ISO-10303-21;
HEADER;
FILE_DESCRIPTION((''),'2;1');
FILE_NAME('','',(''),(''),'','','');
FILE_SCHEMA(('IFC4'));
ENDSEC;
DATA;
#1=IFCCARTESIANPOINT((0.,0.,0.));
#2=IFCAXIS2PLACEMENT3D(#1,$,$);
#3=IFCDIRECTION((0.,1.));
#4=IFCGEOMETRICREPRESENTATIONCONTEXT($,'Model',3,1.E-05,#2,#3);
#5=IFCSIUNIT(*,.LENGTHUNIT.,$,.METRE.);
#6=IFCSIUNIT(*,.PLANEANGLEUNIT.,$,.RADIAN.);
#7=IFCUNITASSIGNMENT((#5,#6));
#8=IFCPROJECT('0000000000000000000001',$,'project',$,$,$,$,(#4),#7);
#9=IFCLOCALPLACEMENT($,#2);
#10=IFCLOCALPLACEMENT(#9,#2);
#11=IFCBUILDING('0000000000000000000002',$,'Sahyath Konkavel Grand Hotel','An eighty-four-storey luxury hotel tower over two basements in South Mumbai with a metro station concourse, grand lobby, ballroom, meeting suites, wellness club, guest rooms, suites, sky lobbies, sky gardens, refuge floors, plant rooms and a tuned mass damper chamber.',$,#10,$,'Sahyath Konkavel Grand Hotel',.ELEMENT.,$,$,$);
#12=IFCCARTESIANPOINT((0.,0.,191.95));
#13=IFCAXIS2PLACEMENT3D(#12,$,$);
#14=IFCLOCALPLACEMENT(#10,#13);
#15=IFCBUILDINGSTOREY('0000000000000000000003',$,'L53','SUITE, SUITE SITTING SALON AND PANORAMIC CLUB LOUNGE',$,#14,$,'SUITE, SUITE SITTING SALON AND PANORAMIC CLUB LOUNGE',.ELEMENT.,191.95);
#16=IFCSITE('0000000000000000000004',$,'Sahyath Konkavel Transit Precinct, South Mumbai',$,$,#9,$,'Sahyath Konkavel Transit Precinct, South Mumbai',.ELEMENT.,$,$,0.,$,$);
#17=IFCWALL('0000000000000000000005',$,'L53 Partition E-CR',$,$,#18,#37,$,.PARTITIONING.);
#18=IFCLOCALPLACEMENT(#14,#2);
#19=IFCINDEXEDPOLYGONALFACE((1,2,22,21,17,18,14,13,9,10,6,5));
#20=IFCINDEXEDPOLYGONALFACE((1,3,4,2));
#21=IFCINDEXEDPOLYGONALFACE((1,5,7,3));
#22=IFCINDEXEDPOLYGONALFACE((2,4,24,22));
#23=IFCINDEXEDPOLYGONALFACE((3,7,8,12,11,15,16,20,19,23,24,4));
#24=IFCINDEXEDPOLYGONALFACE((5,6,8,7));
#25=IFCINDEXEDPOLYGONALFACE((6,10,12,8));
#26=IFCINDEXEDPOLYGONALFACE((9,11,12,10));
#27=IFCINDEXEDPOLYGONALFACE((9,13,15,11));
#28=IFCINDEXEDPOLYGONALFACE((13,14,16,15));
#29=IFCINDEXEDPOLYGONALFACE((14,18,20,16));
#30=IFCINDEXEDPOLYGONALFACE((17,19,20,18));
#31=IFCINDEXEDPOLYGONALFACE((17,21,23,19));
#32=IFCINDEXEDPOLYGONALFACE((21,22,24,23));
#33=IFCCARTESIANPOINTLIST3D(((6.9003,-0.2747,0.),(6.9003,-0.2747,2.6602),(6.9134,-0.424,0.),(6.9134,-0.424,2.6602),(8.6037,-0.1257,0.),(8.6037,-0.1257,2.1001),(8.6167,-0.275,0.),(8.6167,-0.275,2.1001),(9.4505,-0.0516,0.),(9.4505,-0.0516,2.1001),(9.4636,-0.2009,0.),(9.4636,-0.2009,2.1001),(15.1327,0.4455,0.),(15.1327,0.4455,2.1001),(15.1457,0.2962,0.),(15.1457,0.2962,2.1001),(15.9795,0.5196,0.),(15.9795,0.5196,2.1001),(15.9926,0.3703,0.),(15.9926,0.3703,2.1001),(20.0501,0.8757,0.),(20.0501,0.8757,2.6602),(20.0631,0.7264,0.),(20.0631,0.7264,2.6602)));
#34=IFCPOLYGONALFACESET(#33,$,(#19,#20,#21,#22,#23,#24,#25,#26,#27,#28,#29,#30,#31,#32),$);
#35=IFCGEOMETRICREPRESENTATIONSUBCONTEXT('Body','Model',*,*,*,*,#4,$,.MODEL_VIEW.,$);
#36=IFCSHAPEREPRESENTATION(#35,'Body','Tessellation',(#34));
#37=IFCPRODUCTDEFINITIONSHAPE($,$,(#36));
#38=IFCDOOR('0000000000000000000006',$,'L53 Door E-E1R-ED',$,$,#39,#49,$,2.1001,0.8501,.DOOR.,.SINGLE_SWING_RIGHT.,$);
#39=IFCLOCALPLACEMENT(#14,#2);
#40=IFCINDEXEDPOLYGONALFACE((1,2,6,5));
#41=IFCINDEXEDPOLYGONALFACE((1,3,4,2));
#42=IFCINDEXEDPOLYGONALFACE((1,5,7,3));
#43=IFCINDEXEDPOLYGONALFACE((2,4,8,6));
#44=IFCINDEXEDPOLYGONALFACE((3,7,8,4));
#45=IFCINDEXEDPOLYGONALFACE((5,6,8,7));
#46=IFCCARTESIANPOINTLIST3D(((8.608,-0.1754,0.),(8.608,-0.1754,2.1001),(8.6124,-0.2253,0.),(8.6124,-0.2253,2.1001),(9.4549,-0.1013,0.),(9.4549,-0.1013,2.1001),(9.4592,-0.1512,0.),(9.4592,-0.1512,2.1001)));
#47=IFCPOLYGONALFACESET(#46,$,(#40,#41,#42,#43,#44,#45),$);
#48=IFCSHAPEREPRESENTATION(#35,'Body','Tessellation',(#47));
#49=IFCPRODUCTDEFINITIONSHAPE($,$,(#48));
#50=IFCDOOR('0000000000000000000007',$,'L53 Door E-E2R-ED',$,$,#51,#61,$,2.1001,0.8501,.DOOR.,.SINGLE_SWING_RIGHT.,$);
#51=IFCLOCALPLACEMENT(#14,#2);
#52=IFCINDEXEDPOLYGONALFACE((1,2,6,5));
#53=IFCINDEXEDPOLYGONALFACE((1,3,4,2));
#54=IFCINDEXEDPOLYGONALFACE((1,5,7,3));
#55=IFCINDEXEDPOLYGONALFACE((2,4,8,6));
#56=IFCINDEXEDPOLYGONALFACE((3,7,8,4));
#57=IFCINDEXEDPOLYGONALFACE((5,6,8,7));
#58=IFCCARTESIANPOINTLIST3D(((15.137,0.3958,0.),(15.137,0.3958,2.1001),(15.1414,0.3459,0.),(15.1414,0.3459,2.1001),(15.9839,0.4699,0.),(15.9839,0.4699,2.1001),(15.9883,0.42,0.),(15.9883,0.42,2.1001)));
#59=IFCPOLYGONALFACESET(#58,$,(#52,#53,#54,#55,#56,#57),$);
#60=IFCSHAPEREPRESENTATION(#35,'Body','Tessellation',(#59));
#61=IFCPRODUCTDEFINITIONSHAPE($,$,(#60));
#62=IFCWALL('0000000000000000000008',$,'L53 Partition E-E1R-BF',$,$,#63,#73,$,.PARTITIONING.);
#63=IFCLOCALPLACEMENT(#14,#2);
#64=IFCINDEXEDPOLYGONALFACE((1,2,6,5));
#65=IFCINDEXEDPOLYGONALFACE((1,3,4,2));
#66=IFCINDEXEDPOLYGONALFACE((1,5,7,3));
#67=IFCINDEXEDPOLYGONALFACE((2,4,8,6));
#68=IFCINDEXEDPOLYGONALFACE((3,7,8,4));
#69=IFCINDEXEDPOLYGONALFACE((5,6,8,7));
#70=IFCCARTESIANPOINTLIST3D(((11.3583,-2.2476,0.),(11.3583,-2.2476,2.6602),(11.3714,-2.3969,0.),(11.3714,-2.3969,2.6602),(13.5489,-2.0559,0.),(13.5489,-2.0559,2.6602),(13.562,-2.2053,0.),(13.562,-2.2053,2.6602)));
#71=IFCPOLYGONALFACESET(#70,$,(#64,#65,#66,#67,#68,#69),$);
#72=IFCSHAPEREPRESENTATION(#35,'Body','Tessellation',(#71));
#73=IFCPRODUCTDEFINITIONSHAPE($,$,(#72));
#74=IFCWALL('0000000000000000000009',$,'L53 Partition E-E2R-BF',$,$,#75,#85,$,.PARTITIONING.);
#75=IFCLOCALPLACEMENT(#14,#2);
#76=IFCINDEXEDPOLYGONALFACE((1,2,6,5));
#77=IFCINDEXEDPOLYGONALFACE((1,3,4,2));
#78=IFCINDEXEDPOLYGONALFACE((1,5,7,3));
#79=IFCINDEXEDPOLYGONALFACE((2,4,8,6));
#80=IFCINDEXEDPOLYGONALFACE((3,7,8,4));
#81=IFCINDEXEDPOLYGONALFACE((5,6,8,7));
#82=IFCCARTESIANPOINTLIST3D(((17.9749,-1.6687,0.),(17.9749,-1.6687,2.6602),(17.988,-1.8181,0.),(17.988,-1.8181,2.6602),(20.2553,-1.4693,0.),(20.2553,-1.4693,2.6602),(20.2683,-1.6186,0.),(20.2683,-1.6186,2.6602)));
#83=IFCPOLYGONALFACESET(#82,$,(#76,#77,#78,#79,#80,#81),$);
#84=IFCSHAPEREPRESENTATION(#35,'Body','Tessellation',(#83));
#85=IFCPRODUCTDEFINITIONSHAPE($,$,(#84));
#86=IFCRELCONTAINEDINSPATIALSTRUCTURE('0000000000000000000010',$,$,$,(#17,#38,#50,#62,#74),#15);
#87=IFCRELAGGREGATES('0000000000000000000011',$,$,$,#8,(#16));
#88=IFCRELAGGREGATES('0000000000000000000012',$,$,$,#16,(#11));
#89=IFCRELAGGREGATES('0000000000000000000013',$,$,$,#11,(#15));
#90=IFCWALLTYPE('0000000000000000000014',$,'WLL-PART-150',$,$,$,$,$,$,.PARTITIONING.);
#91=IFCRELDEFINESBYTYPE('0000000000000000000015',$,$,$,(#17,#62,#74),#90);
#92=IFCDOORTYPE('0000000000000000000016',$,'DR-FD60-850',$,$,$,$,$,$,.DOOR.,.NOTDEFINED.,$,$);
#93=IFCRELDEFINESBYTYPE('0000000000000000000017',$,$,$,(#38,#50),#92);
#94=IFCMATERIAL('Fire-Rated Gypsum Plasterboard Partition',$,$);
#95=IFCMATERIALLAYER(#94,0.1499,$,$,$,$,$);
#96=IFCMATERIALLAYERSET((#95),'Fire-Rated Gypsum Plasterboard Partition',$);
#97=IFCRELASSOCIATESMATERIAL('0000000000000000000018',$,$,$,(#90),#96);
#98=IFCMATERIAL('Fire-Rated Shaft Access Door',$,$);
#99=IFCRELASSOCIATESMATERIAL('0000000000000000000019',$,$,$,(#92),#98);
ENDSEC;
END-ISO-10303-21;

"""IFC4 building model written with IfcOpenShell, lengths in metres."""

from ifc_helpers import new_model, si_unit, direction, frame, frame_2d, origin, origin_2d, place, context, subcontext, project, spatial, rectangle, extrude, source, transform, mapped, material, layer, layer_set, type_object, element, fill, save


model = new_model("IFC4")

# Units and contexts
model_context = context("Model", 3, precision=1e-05, world=origin(), true_north=direction((0.0, 1.0)))
body_context = subcontext(model_context, "Body", "Model", "MODEL_VIEW")
ifc_project = project(units=[si_unit("LENGTHUNIT", "METRE"), si_unit("PLANEANGLEUNIT", "RADIAN")], contexts=[model_context])

# Site, building, storey
site_placement = place(None, origin())
site = spatial("IfcSite", under=ifc_project, at=site_placement, Name="Sahyath Konkavel Transit Precinct, South Mumbai", LongName="Sahyath Konkavel Transit Precinct, South Mumbai", CompositionType="ELEMENT", RefElevation=0.0)
building_placement = place(site_placement, origin())
building = spatial("IfcBuilding", under=site, at=building_placement, Name="Sahyath Konkavel Grand Hotel", Description="An eighty-four-storey luxury hotel tower over two basements in South Mumbai with a metro station concourse, grand lobby, ballroom, meeting suites, wellness club, guest rooms, suites, sky lobbies, sky gardens, refuge floors, plant rooms and a tuned mass damper chamber.", LongName="Sahyath Konkavel Grand Hotel", CompositionType="ELEMENT")
storey_placement = place(building_placement, frame((0.0, 0.0, 191.95)))
storey = spatial("IfcBuildingStorey", under=building, at=storey_placement, Name="L53", Description="SUITE, SUITE SITTING SALON AND PANORAMIC CLUB LOUNGE", LongName="SUITE, SUITE SITTING SALON AND PANORAMIC CLUB LOUNGE", CompositionType="ELEMENT", Elevation=191.95)

# Wall, openings, doors
ifc_material_1 = material(Name="Fire-Rated Gypsum Plasterboard Partition")
ifc_layer_1 = layer(ifc_material_1, 0.1499)
ifc_layer_set_1 = layer_set([ifc_layer_1], Name="Fire-Rated Gypsum Plasterboard Partition")
wall_type_1 = type_object("IfcWallType", Name="WLL-PART-150", PredefinedType="PARTITIONING", material=ifc_layer_set_1)
wall_1_placement = place(storey_placement, frame((6.9067, -0.3494, 0.0), z_axis=(0.0, 0.0, 1.0), x_axis=(0.996195, 0.087152, 0.0)))
wall_1 = element("IfcWall", 1, at=wall_1_placement, inside=storey, type_object=wall_type_1, Name="L53 Partition E-CR", PredefinedType="PARTITIONING", context=body_context, shape_type="SweptSolid", body=[
    extrude(rectangle(XDim=13.2, YDim=0.1499, at=frame_2d((6.6001, 0.0))), origin(), (0.0, 0.0, 1.0), 2.6602),
])
opening_1_placement = place(wall_1_placement, frame((1.71, 0.0, 0.0)))
opening_1 = element("IfcOpeningElement", 2, at=opening_1_placement, cuts=wall_1, PredefinedType="OPENING", context=body_context, shape_type="SweptSolid", body=[
    extrude(rectangle(XDim=0.8501, YDim=2.1001, at=frame_2d((0.425, 1.05))), frame((0.0, 0.085, 0.0), z_axis=(0.0, -1.0, 0.0), x_axis=(1.0, 0.0, 0.0)), (0.0, 0.0, 1.0), 0.1699),
])
opening_2_placement = place(wall_1_placement, frame((8.2639, 0.0, 0.0)))
opening_2 = element("IfcOpeningElement", 3, at=opening_2_placement, cuts=wall_1, PredefinedType="OPENING", context=body_context, shape_type="SweptSolid", body=[
    extrude(rectangle(XDim=0.8501, YDim=2.1001, at=frame_2d((0.425, 1.05))), frame((0.0, 0.085, 0.0), z_axis=(0.0, -1.0, 0.0), x_axis=(1.0, 0.0, 0.0)), (0.0, 0.0, 1.0), 0.1699),
])
ifc_material_2 = material(Name="Fire-Rated Shaft Access Door")
door_type = type_object("IfcDoorType", Name="DR-FD60-850", OperationType="NOTDEFINED", PredefinedType="DOOR", material=ifc_material_2)
shared_shape_1 = source(origin(), body_context, "Body", "SweptSolid", [
    extrude(rectangle(XDim=0.8501, YDim=0.05, at=origin_2d()), origin(), (0.0, 0.0, 1.0), 2.1001),
])
door_1_placement = place(opening_1_placement, frame((0.425, 0.0, 0.0)))
door_1 = element("IfcDoor", 4, at=door_1_placement, inside=storey, type_object=door_type, Name="L53 Door E-E1R-ED", OperationType="SINGLE_SWING_RIGHT", OverallHeight=2.1001, OverallWidth=0.8501, PredefinedType="DOOR", context=body_context, shape_type="MappedRepresentation", body=[
    mapped(shared_shape_1, transform((0.0, 0.0, 0.0), scale=1.0)),
])
fill(opening_1, door_1)
door_2_placement = place(opening_2_placement, frame((0.425, 0.0, 0.0)))
door_2 = element("IfcDoor", 5, at=door_2_placement, inside=storey, type_object=door_type, Name="L53 Door E-E2R-ED", OperationType="SINGLE_SWING_RIGHT", OverallHeight=2.1001, OverallWidth=0.8501, PredefinedType="DOOR", context=body_context, shape_type="MappedRepresentation", body=[
    mapped(shared_shape_1, transform((0.0, 0.0, 0.0), scale=1.0)),
])
fill(opening_2, door_2)

# Walls
wall_2_placement = place(storey_placement, frame((11.3647, -2.3223, 0.0), z_axis=(0.0, 0.0, 1.0), x_axis=(0.996195, 0.087152, 0.0)))
element("IfcWall", 6, at=wall_2_placement, inside=storey, type_object=wall_type_1, Name="L53 Partition E-E1R-BF", PredefinedType="PARTITIONING", context=body_context, shape_type="SweptSolid", body=[
    extrude(rectangle(XDim=2.199, YDim=0.1499, at=frame_2d((1.0996, 0.0))), origin(), (0.0, 0.0, 1.0), 2.6602),
])
wall_3_placement = place(storey_placement, frame((17.9814, -1.7434, 0.0), z_axis=(0.0, 0.0, 1.0), x_axis=(0.996196, 0.08714, 0.0)))
element("IfcWall", 7, at=wall_3_placement, inside=storey, type_object=wall_type_1, Name="L53 Partition E-E2R-BF", PredefinedType="PARTITIONING", context=body_context, shape_type="SweptSolid", body=[
    extrude(rectangle(XDim=2.2891, YDim=0.1499, at=frame_2d((1.1445, 0.0))), origin(), (0.0, 0.0, 1.0), 2.6602),
])

save(model, "model.ifc")
